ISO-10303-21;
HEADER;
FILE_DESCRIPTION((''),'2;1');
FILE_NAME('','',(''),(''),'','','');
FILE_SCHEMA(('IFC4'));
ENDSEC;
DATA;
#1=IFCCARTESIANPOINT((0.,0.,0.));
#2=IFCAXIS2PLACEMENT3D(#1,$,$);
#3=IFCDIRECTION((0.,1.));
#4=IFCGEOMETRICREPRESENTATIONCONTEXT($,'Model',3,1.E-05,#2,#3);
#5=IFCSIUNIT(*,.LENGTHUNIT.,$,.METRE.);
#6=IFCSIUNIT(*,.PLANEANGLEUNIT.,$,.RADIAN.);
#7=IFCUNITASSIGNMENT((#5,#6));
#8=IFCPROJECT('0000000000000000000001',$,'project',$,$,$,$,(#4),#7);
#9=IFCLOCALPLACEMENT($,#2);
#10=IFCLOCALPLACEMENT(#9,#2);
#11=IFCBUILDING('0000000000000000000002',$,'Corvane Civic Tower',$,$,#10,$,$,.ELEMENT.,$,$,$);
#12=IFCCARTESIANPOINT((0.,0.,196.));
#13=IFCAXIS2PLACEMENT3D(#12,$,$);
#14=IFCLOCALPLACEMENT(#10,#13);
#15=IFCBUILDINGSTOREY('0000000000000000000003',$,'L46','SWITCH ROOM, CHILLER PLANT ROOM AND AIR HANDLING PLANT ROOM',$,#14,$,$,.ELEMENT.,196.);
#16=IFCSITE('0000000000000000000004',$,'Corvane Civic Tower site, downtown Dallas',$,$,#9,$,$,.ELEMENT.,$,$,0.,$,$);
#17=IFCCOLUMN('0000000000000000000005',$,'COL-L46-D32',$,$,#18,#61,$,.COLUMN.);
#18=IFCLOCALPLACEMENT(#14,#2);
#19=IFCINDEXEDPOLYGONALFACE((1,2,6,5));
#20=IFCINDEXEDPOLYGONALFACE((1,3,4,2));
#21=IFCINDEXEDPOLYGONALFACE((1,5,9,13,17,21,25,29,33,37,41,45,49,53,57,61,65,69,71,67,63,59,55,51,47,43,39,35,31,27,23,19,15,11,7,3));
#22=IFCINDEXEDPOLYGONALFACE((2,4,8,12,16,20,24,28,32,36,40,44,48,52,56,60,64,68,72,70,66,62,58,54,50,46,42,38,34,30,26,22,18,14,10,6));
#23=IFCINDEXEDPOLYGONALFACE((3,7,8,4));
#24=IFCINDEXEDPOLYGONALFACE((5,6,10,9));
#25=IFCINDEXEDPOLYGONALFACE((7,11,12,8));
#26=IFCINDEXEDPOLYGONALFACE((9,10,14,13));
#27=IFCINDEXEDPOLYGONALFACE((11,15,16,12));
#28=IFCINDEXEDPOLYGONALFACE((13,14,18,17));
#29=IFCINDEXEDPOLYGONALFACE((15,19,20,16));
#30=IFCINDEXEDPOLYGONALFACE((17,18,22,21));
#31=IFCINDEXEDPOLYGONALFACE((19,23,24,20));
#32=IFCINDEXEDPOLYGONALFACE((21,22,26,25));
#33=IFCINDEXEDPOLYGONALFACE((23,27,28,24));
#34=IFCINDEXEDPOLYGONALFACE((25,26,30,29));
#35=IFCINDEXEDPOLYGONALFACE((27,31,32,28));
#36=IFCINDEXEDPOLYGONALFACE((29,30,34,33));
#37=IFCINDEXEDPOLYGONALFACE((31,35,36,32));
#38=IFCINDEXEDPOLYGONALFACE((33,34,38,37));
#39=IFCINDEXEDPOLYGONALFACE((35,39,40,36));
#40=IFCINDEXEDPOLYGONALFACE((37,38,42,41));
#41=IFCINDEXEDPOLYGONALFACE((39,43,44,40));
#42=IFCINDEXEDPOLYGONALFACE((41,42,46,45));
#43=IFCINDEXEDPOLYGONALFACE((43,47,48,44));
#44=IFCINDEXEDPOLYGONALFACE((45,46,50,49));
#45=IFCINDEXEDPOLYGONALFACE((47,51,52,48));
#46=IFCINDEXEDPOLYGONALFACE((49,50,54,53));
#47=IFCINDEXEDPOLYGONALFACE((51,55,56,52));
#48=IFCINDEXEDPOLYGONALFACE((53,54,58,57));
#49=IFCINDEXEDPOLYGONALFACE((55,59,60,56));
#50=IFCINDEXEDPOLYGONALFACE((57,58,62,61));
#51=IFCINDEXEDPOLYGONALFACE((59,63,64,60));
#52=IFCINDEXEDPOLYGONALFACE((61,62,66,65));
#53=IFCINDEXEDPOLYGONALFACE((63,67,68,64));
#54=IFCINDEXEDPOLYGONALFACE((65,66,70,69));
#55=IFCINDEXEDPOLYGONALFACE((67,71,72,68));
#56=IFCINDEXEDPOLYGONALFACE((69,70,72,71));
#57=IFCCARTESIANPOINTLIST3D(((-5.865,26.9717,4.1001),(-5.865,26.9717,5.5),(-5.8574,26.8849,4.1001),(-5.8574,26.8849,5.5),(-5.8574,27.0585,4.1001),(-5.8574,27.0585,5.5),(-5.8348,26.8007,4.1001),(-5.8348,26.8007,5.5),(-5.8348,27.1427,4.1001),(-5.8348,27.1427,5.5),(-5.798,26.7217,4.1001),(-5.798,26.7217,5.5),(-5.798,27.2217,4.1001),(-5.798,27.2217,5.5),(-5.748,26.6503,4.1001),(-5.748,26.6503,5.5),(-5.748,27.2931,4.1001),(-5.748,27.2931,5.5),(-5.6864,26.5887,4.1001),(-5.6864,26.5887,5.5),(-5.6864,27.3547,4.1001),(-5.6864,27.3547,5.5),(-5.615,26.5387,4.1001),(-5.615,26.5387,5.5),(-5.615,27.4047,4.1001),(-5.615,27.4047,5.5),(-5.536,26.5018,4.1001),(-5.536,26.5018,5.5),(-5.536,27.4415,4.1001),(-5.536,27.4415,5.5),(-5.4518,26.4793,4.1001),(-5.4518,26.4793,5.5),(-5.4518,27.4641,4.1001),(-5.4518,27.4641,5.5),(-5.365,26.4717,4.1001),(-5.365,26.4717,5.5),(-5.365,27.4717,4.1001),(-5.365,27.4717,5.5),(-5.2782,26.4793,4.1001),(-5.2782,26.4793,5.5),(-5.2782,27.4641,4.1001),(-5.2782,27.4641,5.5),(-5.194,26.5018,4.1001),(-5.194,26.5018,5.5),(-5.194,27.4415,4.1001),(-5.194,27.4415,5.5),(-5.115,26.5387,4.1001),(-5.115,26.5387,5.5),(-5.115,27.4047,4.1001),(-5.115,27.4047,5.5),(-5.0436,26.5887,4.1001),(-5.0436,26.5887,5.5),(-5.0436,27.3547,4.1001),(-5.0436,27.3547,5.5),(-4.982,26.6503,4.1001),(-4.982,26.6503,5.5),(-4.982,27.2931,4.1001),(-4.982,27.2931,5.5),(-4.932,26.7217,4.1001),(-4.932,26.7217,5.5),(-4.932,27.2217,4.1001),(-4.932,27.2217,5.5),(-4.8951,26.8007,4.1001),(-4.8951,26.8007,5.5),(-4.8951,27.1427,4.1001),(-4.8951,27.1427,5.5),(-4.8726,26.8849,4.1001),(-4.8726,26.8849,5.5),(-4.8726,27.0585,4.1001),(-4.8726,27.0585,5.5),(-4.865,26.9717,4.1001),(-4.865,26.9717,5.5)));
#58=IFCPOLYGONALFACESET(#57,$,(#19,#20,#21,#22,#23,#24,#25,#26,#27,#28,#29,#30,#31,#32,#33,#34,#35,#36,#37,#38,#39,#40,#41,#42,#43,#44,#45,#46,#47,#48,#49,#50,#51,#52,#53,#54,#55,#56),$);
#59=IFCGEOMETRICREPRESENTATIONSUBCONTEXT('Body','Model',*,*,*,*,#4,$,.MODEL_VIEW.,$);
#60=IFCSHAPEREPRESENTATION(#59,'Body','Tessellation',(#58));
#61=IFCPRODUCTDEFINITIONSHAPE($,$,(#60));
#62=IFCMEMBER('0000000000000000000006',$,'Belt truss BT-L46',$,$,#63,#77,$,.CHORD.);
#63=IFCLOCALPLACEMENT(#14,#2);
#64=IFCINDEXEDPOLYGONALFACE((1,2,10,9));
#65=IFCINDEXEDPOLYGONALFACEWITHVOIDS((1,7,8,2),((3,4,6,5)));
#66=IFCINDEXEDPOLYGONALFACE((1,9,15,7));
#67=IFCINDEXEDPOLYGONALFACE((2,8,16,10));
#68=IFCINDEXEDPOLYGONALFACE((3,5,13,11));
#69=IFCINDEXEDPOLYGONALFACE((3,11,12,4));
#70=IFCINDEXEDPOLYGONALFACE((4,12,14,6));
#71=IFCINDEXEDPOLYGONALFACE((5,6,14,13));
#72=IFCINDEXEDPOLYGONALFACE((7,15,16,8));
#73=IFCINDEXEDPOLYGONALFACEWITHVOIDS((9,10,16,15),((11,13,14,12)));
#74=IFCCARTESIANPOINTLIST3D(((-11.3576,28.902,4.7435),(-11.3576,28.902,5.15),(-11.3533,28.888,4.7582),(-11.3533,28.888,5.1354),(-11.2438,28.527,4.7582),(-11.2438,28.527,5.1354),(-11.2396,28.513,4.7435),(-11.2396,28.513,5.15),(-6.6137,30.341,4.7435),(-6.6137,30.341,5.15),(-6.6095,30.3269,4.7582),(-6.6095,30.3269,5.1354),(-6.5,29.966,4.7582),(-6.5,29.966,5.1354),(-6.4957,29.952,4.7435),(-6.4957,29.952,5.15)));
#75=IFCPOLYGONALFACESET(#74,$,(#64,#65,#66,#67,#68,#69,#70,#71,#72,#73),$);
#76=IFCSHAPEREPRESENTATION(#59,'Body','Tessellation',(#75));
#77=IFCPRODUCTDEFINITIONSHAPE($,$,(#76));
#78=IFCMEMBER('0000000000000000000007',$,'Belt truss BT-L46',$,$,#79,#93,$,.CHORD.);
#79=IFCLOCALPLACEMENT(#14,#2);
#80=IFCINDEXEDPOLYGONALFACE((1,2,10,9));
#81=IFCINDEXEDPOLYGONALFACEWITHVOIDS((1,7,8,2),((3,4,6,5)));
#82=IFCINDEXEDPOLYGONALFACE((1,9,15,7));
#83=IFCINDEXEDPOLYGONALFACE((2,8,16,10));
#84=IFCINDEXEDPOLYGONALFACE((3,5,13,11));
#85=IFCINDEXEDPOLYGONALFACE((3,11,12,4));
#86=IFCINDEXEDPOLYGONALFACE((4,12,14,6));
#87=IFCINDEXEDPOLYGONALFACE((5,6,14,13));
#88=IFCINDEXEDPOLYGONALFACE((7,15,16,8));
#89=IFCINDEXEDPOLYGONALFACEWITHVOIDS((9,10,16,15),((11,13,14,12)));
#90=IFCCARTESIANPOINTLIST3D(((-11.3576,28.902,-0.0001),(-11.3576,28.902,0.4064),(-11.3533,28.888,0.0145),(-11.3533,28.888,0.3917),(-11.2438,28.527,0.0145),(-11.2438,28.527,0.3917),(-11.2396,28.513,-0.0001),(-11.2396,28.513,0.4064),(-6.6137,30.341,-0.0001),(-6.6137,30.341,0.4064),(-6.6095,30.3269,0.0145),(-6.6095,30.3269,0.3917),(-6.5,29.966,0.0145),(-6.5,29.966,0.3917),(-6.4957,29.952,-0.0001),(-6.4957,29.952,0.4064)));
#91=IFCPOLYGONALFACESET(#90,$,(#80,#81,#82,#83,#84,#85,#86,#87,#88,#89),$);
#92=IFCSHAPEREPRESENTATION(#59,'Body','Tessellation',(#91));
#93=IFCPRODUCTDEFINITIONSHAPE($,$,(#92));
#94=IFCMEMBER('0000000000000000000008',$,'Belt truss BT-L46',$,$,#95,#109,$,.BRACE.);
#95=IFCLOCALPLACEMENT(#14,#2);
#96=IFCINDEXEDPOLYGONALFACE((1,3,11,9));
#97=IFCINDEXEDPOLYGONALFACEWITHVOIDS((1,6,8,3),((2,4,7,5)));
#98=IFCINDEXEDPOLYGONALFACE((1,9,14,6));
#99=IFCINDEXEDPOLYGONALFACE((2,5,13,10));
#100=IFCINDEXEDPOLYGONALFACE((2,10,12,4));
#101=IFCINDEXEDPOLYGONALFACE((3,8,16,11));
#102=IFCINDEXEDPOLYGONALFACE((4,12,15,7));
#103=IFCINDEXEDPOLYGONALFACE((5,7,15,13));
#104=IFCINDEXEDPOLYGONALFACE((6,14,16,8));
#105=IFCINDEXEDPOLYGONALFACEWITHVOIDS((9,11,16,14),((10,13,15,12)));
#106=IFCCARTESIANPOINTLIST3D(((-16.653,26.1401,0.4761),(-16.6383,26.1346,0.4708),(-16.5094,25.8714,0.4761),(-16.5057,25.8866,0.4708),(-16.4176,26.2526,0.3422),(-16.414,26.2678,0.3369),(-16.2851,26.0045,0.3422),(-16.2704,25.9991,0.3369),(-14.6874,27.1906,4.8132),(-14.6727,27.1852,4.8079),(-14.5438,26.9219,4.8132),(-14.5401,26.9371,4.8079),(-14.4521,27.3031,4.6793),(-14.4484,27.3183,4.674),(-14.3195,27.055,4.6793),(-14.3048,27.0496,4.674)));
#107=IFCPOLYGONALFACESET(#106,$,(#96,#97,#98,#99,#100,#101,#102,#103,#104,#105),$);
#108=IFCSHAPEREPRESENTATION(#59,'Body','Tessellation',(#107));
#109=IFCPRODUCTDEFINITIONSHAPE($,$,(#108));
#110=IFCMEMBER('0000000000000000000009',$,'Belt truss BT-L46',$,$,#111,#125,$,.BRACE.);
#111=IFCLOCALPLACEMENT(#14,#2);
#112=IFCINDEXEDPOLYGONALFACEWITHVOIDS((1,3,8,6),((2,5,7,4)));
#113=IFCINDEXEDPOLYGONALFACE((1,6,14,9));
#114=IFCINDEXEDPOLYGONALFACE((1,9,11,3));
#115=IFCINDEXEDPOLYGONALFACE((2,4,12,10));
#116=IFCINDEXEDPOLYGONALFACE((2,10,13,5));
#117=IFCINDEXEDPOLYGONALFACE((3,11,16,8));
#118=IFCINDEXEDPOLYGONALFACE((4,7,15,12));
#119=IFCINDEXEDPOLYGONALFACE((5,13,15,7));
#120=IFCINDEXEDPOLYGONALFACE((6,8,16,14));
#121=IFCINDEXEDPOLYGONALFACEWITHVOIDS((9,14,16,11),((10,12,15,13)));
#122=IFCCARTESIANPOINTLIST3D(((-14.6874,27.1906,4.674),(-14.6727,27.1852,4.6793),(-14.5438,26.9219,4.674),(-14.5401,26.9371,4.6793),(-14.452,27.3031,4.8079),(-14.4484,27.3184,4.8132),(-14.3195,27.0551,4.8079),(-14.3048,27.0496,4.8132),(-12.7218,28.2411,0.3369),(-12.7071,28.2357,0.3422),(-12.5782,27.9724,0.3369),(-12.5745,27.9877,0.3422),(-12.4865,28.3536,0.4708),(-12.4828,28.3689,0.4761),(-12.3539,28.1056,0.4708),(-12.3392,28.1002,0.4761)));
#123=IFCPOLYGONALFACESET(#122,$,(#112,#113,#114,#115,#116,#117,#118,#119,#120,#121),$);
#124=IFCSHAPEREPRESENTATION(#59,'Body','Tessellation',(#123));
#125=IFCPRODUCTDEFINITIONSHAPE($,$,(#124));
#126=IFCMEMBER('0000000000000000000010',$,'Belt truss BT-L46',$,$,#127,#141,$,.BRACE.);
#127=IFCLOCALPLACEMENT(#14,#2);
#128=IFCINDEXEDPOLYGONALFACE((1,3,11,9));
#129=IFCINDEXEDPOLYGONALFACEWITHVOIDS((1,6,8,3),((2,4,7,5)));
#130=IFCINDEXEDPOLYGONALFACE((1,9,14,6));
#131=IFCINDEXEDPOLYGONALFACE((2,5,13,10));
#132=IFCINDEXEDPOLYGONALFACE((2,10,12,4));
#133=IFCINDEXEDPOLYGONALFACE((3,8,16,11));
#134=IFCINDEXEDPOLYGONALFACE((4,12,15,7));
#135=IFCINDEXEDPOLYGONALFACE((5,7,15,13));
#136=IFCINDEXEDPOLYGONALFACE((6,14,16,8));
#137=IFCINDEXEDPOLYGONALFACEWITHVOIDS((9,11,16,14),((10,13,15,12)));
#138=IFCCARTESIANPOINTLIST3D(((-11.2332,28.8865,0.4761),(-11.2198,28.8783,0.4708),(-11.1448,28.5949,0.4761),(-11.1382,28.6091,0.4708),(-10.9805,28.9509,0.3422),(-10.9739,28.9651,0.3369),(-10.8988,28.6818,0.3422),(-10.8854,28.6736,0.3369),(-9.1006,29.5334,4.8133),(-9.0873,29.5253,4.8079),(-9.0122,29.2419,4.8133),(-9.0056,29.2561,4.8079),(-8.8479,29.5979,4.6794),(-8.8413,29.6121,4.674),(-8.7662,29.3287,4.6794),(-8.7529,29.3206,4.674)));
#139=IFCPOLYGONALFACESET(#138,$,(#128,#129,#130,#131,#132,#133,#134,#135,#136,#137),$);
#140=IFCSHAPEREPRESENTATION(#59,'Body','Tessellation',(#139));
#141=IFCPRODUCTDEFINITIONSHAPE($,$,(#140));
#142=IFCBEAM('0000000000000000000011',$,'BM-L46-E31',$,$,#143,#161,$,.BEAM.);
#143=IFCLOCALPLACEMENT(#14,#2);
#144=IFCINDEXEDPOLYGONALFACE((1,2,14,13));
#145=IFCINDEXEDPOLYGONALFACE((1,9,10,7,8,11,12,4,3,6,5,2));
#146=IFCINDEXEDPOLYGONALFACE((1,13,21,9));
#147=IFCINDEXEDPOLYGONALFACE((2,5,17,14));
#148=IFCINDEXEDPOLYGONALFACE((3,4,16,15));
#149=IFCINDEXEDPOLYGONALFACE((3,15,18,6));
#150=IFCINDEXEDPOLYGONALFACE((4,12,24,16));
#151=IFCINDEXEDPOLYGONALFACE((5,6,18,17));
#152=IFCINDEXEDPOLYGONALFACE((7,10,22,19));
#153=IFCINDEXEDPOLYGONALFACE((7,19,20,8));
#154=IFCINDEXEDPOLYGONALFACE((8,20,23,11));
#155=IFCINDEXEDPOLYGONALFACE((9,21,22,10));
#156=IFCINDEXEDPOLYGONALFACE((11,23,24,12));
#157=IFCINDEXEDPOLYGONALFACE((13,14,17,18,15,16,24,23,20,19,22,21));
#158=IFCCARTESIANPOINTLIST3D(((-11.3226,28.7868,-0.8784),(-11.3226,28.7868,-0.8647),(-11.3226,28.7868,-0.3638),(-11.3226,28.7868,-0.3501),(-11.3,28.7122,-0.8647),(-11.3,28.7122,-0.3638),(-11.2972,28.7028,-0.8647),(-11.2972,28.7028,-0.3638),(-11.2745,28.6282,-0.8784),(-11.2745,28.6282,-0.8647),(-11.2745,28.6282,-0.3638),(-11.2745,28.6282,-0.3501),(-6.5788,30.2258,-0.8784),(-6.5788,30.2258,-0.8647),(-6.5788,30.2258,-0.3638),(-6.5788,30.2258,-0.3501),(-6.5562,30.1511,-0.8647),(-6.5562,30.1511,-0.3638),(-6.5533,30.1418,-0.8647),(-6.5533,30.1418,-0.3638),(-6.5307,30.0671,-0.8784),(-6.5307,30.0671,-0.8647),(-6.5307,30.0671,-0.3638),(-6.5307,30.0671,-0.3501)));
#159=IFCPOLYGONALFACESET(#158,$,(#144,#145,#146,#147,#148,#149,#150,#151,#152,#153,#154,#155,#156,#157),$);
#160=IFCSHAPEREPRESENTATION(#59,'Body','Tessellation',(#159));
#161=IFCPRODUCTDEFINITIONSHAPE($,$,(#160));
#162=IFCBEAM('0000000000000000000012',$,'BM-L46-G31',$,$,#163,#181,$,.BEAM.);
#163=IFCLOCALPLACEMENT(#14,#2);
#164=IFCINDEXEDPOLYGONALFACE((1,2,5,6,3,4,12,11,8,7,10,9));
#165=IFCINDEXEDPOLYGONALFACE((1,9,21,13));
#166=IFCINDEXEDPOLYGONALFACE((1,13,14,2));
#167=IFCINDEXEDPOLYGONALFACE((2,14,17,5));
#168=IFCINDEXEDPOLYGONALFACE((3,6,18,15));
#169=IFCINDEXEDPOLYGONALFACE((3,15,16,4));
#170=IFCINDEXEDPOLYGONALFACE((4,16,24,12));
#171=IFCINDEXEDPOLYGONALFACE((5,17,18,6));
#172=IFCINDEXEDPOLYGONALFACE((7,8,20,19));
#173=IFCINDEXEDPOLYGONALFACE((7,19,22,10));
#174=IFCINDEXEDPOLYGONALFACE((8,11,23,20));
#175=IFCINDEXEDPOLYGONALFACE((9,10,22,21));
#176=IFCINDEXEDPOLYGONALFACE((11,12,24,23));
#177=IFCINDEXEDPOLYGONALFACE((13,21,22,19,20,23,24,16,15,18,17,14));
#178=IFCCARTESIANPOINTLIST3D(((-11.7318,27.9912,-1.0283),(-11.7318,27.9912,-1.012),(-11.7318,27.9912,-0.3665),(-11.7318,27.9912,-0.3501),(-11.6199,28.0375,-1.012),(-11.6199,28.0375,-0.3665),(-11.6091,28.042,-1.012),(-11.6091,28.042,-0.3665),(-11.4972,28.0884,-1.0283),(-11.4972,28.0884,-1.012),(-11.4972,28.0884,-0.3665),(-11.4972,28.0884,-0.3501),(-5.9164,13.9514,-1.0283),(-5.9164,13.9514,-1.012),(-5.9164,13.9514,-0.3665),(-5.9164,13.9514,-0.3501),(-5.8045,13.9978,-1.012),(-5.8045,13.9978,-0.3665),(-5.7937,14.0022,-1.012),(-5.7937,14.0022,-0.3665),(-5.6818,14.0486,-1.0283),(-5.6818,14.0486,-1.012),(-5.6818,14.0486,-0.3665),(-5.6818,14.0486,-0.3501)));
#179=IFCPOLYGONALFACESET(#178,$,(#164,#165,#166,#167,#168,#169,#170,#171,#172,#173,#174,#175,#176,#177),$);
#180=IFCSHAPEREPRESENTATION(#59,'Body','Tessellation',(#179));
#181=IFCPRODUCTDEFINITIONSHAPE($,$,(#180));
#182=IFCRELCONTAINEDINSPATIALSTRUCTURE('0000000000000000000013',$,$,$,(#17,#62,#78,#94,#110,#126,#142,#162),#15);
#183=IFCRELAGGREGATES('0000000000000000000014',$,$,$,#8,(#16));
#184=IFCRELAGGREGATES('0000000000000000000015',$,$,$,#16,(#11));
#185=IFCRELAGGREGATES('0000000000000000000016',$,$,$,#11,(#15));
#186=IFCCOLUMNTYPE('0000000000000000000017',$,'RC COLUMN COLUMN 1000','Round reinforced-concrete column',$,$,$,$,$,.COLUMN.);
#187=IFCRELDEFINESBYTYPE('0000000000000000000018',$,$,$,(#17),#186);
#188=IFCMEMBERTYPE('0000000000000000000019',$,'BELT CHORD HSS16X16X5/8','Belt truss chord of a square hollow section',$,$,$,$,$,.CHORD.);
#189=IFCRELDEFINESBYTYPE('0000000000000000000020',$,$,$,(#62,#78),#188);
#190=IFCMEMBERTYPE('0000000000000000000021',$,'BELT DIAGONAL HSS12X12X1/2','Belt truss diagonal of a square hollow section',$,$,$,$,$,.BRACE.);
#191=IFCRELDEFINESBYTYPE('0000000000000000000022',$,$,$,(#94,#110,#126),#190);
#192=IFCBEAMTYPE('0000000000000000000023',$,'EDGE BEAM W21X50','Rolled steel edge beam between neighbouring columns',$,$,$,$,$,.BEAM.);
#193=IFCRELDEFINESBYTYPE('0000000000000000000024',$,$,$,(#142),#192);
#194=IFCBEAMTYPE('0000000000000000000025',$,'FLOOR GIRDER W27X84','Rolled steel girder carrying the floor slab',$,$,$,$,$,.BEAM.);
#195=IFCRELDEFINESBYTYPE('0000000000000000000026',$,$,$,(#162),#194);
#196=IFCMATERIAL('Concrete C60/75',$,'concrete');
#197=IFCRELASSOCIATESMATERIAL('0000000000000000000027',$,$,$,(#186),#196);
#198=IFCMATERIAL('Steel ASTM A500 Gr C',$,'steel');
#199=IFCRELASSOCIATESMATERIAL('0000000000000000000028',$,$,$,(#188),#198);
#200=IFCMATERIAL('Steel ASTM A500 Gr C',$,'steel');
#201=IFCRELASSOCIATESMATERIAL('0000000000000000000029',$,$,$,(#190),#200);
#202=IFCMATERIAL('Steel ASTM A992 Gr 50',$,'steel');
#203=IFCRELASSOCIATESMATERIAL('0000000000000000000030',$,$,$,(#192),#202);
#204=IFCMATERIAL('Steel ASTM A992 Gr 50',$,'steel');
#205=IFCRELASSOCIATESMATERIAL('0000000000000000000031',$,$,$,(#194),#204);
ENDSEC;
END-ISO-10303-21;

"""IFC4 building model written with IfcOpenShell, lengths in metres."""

from ifc_helpers import new_model, si_unit, direction, frame, origin, origin_2d, place, context, subcontext, project, spatial, hollow_rectangle, circle, i_section, extrude, material, material_profile, profile_set, type_object, element, save


model = new_model("IFC4")

# Units and contexts
model_context = context("Model", 3, precision=1e-05, world=origin(), true_north=direction((0.0, 1.0)))
body_context = subcontext(model_context, "Body", "Model", "MODEL_VIEW")
ifc_project = project(units=[si_unit("LENGTHUNIT", "METRE"), si_unit("PLANEANGLEUNIT", "RADIAN")], contexts=[model_context])

# Site, building, storey
site_placement = place(None, origin())
site = spatial("IfcSite", under=ifc_project, at=site_placement, Name="Corvane Civic Tower site, downtown Dallas", CompositionType="ELEMENT", RefElevation=0.0)
building_placement = place(site_placement, origin())
building = spatial("IfcBuilding", under=site, at=building_placement, Name="Corvane Civic Tower", CompositionType="ELEMENT")
storey_placement = place(building_placement, frame((0.0, 0.0, 196.0)))
storey = spatial("IfcBuildingStorey", under=building, at=storey_placement, Name="L46", Description="SWITCH ROOM, CHILLER PLANT ROOM AND AIR HANDLING PLANT ROOM", CompositionType="ELEMENT", Elevation=196.0)

# Column
ifc_material_1 = material(Name="Concrete C60/75", Category="concrete")
ifc_material_profile_1 = material_profile(ifc_material_1, circle(Radius=0.5, at=origin_2d()), Name="COLUMN 1000")
ifc_profile_set_1 = profile_set([ifc_material_profile_1], Name="Concrete C60/75")
column_type_1 = type_object("IfcColumnType", Name="RC COLUMN COLUMN 1000", Description="Round reinforced-concrete column", PredefinedType="COLUMN", material=ifc_profile_set_1)
for number, where, z_axis, x_axis, name in (
    (1, (-5.365, 26.9717, 4.1001), (0.0, 0.0, 1.0), (1.0, 0.0, 0.0), "COL-L46-D32"),
):
    element("IfcColumn", number, at=place(storey_placement, frame(where, z_axis=z_axis, x_axis=x_axis)), inside=storey, type_object=column_type_1, Name=name, PredefinedType="COLUMN", context=body_context, shape_type="SweptSolid", body=[
        extrude(circle(Radius=0.5, at=origin_2d()), origin(), (0.0, 0.0, 1.0), 1.3999),
    ])

# Members
ifc_material_2 = material(Name="Steel ASTM A500 Gr C", Category="steel")
ifc_material_profile_2 = material_profile(ifc_material_2, hollow_rectangle(XDim=0.4065, YDim=0.4065, WallThickness=0.0146, at=origin_2d()), Name="HSS16X16X5/8")
ifc_profile_set_2 = profile_set([ifc_material_profile_2], Name="Steel ASTM A500 Gr C")
member_type_1 = type_object("IfcMemberType", Name="BELT CHORD HSS16X16X5/8", Description="Belt truss chord of a square hollow section", PredefinedType="CHORD", material=ifc_profile_set_2)
for number, where, z_axis, x_axis, name in (
    (2, (-11.2986, 28.7075, 4.9468), (0.956945, 0.29027, 0.0), (-0.29027, 0.956945, 0.0), "Belt truss BT-L46"),
    (3, (-11.2986, 28.7075, 0.2031), (0.956945, 0.29027, 0.0), (-0.29027, 0.956945, 0.0), "Belt truss BT-L46"),
):
    element("IfcMember", number, at=place(storey_placement, frame(where, z_axis=z_axis, x_axis=x_axis)), inside=storey, type_object=member_type_1, Name=name, PredefinedType="CHORD", context=body_context, shape_type="SweptSolid", body=[
        extrude(hollow_rectangle(XDim=0.4065, YDim=0.4065, WallThickness=0.0146, at=origin_2d()), origin(), (0.0, 0.0, 1.0), 4.9573),
    ])
ifc_material_3 = material(Name="Steel ASTM A500 Gr C", Category="steel")
ifc_material_profile_3 = material_profile(ifc_material_3, hollow_rectangle(XDim=0.3047, YDim=0.3047, WallThickness=0.0117, at=origin_2d()), Name="HSS12X12X1/2")
ifc_profile_set_3 = profile_set([ifc_material_profile_3], Name="Steel ASTM A500 Gr C")
member_type_2 = type_object("IfcMemberType", Name="BELT DIAGONAL HSS12X12X1/2", Description="Belt truss diagonal of a square hollow section", PredefinedType="BRACE", material=ifc_profile_set_3)
for number, where, z_axis, x_axis, name in (
    (4, (-16.4617, 26.0696, 0.4065), (0.40309, 0.215438, 0.889441), (-0.471367, 0.881937, 0.0), "Belt truss BT-L46"),
    (5, (-12.5305, 28.1707, 0.4065), (-0.40309, -0.215438, 0.889441), (0.471367, -0.881937, 0.0), "Belt truss BT-L46"),
    (6, (-11.0593, 28.78, 0.4065), (0.437342, 0.13268, 0.889454), (-0.290311, 0.956932, 0.0), "Belt truss BT-L46"),
):
    element("IfcMember", number, at=place(storey_placement, frame(where, z_axis=z_axis, x_axis=x_axis)), inside=storey, type_object=member_type_2, Name=name, PredefinedType="BRACE", context=body_context, shape_type="SweptSolid", body=[
        extrude(hollow_rectangle(XDim=0.3047, YDim=0.3047, WallThickness=0.0117, at=origin_2d()), origin(), (0.0, 0.0, 1.0), 4.8762),
    ])

# Beams
ifc_material_4 = material(Name="Steel ASTM A992 Gr 50", Category="steel")
ifc_material_profile_4 = material_profile(ifc_material_4, i_section(OverallWidth=0.1658, OverallDepth=0.5283, WebThickness=0.0098, FlangeThickness=0.0137, at=origin_2d()), Name="W21X50")
ifc_profile_set_4 = profile_set([ifc_material_profile_4], Name="Steel ASTM A992 Gr 50")
beam_type_1 = type_object("IfcBeamType", Name="EDGE BEAM W21X50", Description="Rolled steel edge beam between neighbouring columns", PredefinedType="BEAM", material=ifc_profile_set_4)
beam_1_placement = place(storey_placement, frame((-11.2986, 28.7075, -0.6143), z_axis=(0.956945, 0.29027, 0.0), x_axis=(-0.29027, 0.956945, 0.0)))
element("IfcBeam", 7, at=beam_1_placement, inside=storey, type_object=beam_type_1, Name="BM-L46-E31", PredefinedType="BEAM", context=body_context, shape_type="SweptSolid", body=[
    extrude(i_section(OverallWidth=0.1658, OverallDepth=0.5283, WebThickness=0.0098, FlangeThickness=0.0137, at=origin_2d()), origin(), (0.0, 0.0, 1.0), 4.9573),
])
ifc_material_5 = material(Name="Steel ASTM A992 Gr 50", Category="steel")
ifc_material_profile_5 = material_profile(ifc_material_5, i_section(OverallWidth=0.2539, OverallDepth=0.6782, WebThickness=0.0117, FlangeThickness=0.0164, at=origin_2d()), Name="W27X84")
ifc_profile_set_5 = profile_set([ifc_material_profile_5], Name="Steel ASTM A992 Gr 50")
beam_type_2 = type_object("IfcBeamType", Name="FLOOR GIRDER W27X84", Description="Rolled steel girder carrying the floor slab", PredefinedType="BEAM", material=ifc_profile_set_5)
beam_2_placement = place(storey_placement, frame((-5.7991, 14.0, -0.6892), z_axis=(-0.382681, 0.923881, 0.0), x_axis=(-0.923881, -0.382681, 0.0)))
element("IfcBeam", 8, at=beam_2_placement, inside=storey, type_object=beam_type_2, Name="BM-L46-G31", PredefinedType="BEAM", context=body_context, shape_type="SweptSolid", body=[
    extrude(i_section(OverallWidth=0.2539, OverallDepth=0.6782, WebThickness=0.0117, FlangeThickness=0.0164, at=origin_2d()), origin(), (0.0, 0.0, 1.0), 15.1965),
])

save(model, "model.ifc")
